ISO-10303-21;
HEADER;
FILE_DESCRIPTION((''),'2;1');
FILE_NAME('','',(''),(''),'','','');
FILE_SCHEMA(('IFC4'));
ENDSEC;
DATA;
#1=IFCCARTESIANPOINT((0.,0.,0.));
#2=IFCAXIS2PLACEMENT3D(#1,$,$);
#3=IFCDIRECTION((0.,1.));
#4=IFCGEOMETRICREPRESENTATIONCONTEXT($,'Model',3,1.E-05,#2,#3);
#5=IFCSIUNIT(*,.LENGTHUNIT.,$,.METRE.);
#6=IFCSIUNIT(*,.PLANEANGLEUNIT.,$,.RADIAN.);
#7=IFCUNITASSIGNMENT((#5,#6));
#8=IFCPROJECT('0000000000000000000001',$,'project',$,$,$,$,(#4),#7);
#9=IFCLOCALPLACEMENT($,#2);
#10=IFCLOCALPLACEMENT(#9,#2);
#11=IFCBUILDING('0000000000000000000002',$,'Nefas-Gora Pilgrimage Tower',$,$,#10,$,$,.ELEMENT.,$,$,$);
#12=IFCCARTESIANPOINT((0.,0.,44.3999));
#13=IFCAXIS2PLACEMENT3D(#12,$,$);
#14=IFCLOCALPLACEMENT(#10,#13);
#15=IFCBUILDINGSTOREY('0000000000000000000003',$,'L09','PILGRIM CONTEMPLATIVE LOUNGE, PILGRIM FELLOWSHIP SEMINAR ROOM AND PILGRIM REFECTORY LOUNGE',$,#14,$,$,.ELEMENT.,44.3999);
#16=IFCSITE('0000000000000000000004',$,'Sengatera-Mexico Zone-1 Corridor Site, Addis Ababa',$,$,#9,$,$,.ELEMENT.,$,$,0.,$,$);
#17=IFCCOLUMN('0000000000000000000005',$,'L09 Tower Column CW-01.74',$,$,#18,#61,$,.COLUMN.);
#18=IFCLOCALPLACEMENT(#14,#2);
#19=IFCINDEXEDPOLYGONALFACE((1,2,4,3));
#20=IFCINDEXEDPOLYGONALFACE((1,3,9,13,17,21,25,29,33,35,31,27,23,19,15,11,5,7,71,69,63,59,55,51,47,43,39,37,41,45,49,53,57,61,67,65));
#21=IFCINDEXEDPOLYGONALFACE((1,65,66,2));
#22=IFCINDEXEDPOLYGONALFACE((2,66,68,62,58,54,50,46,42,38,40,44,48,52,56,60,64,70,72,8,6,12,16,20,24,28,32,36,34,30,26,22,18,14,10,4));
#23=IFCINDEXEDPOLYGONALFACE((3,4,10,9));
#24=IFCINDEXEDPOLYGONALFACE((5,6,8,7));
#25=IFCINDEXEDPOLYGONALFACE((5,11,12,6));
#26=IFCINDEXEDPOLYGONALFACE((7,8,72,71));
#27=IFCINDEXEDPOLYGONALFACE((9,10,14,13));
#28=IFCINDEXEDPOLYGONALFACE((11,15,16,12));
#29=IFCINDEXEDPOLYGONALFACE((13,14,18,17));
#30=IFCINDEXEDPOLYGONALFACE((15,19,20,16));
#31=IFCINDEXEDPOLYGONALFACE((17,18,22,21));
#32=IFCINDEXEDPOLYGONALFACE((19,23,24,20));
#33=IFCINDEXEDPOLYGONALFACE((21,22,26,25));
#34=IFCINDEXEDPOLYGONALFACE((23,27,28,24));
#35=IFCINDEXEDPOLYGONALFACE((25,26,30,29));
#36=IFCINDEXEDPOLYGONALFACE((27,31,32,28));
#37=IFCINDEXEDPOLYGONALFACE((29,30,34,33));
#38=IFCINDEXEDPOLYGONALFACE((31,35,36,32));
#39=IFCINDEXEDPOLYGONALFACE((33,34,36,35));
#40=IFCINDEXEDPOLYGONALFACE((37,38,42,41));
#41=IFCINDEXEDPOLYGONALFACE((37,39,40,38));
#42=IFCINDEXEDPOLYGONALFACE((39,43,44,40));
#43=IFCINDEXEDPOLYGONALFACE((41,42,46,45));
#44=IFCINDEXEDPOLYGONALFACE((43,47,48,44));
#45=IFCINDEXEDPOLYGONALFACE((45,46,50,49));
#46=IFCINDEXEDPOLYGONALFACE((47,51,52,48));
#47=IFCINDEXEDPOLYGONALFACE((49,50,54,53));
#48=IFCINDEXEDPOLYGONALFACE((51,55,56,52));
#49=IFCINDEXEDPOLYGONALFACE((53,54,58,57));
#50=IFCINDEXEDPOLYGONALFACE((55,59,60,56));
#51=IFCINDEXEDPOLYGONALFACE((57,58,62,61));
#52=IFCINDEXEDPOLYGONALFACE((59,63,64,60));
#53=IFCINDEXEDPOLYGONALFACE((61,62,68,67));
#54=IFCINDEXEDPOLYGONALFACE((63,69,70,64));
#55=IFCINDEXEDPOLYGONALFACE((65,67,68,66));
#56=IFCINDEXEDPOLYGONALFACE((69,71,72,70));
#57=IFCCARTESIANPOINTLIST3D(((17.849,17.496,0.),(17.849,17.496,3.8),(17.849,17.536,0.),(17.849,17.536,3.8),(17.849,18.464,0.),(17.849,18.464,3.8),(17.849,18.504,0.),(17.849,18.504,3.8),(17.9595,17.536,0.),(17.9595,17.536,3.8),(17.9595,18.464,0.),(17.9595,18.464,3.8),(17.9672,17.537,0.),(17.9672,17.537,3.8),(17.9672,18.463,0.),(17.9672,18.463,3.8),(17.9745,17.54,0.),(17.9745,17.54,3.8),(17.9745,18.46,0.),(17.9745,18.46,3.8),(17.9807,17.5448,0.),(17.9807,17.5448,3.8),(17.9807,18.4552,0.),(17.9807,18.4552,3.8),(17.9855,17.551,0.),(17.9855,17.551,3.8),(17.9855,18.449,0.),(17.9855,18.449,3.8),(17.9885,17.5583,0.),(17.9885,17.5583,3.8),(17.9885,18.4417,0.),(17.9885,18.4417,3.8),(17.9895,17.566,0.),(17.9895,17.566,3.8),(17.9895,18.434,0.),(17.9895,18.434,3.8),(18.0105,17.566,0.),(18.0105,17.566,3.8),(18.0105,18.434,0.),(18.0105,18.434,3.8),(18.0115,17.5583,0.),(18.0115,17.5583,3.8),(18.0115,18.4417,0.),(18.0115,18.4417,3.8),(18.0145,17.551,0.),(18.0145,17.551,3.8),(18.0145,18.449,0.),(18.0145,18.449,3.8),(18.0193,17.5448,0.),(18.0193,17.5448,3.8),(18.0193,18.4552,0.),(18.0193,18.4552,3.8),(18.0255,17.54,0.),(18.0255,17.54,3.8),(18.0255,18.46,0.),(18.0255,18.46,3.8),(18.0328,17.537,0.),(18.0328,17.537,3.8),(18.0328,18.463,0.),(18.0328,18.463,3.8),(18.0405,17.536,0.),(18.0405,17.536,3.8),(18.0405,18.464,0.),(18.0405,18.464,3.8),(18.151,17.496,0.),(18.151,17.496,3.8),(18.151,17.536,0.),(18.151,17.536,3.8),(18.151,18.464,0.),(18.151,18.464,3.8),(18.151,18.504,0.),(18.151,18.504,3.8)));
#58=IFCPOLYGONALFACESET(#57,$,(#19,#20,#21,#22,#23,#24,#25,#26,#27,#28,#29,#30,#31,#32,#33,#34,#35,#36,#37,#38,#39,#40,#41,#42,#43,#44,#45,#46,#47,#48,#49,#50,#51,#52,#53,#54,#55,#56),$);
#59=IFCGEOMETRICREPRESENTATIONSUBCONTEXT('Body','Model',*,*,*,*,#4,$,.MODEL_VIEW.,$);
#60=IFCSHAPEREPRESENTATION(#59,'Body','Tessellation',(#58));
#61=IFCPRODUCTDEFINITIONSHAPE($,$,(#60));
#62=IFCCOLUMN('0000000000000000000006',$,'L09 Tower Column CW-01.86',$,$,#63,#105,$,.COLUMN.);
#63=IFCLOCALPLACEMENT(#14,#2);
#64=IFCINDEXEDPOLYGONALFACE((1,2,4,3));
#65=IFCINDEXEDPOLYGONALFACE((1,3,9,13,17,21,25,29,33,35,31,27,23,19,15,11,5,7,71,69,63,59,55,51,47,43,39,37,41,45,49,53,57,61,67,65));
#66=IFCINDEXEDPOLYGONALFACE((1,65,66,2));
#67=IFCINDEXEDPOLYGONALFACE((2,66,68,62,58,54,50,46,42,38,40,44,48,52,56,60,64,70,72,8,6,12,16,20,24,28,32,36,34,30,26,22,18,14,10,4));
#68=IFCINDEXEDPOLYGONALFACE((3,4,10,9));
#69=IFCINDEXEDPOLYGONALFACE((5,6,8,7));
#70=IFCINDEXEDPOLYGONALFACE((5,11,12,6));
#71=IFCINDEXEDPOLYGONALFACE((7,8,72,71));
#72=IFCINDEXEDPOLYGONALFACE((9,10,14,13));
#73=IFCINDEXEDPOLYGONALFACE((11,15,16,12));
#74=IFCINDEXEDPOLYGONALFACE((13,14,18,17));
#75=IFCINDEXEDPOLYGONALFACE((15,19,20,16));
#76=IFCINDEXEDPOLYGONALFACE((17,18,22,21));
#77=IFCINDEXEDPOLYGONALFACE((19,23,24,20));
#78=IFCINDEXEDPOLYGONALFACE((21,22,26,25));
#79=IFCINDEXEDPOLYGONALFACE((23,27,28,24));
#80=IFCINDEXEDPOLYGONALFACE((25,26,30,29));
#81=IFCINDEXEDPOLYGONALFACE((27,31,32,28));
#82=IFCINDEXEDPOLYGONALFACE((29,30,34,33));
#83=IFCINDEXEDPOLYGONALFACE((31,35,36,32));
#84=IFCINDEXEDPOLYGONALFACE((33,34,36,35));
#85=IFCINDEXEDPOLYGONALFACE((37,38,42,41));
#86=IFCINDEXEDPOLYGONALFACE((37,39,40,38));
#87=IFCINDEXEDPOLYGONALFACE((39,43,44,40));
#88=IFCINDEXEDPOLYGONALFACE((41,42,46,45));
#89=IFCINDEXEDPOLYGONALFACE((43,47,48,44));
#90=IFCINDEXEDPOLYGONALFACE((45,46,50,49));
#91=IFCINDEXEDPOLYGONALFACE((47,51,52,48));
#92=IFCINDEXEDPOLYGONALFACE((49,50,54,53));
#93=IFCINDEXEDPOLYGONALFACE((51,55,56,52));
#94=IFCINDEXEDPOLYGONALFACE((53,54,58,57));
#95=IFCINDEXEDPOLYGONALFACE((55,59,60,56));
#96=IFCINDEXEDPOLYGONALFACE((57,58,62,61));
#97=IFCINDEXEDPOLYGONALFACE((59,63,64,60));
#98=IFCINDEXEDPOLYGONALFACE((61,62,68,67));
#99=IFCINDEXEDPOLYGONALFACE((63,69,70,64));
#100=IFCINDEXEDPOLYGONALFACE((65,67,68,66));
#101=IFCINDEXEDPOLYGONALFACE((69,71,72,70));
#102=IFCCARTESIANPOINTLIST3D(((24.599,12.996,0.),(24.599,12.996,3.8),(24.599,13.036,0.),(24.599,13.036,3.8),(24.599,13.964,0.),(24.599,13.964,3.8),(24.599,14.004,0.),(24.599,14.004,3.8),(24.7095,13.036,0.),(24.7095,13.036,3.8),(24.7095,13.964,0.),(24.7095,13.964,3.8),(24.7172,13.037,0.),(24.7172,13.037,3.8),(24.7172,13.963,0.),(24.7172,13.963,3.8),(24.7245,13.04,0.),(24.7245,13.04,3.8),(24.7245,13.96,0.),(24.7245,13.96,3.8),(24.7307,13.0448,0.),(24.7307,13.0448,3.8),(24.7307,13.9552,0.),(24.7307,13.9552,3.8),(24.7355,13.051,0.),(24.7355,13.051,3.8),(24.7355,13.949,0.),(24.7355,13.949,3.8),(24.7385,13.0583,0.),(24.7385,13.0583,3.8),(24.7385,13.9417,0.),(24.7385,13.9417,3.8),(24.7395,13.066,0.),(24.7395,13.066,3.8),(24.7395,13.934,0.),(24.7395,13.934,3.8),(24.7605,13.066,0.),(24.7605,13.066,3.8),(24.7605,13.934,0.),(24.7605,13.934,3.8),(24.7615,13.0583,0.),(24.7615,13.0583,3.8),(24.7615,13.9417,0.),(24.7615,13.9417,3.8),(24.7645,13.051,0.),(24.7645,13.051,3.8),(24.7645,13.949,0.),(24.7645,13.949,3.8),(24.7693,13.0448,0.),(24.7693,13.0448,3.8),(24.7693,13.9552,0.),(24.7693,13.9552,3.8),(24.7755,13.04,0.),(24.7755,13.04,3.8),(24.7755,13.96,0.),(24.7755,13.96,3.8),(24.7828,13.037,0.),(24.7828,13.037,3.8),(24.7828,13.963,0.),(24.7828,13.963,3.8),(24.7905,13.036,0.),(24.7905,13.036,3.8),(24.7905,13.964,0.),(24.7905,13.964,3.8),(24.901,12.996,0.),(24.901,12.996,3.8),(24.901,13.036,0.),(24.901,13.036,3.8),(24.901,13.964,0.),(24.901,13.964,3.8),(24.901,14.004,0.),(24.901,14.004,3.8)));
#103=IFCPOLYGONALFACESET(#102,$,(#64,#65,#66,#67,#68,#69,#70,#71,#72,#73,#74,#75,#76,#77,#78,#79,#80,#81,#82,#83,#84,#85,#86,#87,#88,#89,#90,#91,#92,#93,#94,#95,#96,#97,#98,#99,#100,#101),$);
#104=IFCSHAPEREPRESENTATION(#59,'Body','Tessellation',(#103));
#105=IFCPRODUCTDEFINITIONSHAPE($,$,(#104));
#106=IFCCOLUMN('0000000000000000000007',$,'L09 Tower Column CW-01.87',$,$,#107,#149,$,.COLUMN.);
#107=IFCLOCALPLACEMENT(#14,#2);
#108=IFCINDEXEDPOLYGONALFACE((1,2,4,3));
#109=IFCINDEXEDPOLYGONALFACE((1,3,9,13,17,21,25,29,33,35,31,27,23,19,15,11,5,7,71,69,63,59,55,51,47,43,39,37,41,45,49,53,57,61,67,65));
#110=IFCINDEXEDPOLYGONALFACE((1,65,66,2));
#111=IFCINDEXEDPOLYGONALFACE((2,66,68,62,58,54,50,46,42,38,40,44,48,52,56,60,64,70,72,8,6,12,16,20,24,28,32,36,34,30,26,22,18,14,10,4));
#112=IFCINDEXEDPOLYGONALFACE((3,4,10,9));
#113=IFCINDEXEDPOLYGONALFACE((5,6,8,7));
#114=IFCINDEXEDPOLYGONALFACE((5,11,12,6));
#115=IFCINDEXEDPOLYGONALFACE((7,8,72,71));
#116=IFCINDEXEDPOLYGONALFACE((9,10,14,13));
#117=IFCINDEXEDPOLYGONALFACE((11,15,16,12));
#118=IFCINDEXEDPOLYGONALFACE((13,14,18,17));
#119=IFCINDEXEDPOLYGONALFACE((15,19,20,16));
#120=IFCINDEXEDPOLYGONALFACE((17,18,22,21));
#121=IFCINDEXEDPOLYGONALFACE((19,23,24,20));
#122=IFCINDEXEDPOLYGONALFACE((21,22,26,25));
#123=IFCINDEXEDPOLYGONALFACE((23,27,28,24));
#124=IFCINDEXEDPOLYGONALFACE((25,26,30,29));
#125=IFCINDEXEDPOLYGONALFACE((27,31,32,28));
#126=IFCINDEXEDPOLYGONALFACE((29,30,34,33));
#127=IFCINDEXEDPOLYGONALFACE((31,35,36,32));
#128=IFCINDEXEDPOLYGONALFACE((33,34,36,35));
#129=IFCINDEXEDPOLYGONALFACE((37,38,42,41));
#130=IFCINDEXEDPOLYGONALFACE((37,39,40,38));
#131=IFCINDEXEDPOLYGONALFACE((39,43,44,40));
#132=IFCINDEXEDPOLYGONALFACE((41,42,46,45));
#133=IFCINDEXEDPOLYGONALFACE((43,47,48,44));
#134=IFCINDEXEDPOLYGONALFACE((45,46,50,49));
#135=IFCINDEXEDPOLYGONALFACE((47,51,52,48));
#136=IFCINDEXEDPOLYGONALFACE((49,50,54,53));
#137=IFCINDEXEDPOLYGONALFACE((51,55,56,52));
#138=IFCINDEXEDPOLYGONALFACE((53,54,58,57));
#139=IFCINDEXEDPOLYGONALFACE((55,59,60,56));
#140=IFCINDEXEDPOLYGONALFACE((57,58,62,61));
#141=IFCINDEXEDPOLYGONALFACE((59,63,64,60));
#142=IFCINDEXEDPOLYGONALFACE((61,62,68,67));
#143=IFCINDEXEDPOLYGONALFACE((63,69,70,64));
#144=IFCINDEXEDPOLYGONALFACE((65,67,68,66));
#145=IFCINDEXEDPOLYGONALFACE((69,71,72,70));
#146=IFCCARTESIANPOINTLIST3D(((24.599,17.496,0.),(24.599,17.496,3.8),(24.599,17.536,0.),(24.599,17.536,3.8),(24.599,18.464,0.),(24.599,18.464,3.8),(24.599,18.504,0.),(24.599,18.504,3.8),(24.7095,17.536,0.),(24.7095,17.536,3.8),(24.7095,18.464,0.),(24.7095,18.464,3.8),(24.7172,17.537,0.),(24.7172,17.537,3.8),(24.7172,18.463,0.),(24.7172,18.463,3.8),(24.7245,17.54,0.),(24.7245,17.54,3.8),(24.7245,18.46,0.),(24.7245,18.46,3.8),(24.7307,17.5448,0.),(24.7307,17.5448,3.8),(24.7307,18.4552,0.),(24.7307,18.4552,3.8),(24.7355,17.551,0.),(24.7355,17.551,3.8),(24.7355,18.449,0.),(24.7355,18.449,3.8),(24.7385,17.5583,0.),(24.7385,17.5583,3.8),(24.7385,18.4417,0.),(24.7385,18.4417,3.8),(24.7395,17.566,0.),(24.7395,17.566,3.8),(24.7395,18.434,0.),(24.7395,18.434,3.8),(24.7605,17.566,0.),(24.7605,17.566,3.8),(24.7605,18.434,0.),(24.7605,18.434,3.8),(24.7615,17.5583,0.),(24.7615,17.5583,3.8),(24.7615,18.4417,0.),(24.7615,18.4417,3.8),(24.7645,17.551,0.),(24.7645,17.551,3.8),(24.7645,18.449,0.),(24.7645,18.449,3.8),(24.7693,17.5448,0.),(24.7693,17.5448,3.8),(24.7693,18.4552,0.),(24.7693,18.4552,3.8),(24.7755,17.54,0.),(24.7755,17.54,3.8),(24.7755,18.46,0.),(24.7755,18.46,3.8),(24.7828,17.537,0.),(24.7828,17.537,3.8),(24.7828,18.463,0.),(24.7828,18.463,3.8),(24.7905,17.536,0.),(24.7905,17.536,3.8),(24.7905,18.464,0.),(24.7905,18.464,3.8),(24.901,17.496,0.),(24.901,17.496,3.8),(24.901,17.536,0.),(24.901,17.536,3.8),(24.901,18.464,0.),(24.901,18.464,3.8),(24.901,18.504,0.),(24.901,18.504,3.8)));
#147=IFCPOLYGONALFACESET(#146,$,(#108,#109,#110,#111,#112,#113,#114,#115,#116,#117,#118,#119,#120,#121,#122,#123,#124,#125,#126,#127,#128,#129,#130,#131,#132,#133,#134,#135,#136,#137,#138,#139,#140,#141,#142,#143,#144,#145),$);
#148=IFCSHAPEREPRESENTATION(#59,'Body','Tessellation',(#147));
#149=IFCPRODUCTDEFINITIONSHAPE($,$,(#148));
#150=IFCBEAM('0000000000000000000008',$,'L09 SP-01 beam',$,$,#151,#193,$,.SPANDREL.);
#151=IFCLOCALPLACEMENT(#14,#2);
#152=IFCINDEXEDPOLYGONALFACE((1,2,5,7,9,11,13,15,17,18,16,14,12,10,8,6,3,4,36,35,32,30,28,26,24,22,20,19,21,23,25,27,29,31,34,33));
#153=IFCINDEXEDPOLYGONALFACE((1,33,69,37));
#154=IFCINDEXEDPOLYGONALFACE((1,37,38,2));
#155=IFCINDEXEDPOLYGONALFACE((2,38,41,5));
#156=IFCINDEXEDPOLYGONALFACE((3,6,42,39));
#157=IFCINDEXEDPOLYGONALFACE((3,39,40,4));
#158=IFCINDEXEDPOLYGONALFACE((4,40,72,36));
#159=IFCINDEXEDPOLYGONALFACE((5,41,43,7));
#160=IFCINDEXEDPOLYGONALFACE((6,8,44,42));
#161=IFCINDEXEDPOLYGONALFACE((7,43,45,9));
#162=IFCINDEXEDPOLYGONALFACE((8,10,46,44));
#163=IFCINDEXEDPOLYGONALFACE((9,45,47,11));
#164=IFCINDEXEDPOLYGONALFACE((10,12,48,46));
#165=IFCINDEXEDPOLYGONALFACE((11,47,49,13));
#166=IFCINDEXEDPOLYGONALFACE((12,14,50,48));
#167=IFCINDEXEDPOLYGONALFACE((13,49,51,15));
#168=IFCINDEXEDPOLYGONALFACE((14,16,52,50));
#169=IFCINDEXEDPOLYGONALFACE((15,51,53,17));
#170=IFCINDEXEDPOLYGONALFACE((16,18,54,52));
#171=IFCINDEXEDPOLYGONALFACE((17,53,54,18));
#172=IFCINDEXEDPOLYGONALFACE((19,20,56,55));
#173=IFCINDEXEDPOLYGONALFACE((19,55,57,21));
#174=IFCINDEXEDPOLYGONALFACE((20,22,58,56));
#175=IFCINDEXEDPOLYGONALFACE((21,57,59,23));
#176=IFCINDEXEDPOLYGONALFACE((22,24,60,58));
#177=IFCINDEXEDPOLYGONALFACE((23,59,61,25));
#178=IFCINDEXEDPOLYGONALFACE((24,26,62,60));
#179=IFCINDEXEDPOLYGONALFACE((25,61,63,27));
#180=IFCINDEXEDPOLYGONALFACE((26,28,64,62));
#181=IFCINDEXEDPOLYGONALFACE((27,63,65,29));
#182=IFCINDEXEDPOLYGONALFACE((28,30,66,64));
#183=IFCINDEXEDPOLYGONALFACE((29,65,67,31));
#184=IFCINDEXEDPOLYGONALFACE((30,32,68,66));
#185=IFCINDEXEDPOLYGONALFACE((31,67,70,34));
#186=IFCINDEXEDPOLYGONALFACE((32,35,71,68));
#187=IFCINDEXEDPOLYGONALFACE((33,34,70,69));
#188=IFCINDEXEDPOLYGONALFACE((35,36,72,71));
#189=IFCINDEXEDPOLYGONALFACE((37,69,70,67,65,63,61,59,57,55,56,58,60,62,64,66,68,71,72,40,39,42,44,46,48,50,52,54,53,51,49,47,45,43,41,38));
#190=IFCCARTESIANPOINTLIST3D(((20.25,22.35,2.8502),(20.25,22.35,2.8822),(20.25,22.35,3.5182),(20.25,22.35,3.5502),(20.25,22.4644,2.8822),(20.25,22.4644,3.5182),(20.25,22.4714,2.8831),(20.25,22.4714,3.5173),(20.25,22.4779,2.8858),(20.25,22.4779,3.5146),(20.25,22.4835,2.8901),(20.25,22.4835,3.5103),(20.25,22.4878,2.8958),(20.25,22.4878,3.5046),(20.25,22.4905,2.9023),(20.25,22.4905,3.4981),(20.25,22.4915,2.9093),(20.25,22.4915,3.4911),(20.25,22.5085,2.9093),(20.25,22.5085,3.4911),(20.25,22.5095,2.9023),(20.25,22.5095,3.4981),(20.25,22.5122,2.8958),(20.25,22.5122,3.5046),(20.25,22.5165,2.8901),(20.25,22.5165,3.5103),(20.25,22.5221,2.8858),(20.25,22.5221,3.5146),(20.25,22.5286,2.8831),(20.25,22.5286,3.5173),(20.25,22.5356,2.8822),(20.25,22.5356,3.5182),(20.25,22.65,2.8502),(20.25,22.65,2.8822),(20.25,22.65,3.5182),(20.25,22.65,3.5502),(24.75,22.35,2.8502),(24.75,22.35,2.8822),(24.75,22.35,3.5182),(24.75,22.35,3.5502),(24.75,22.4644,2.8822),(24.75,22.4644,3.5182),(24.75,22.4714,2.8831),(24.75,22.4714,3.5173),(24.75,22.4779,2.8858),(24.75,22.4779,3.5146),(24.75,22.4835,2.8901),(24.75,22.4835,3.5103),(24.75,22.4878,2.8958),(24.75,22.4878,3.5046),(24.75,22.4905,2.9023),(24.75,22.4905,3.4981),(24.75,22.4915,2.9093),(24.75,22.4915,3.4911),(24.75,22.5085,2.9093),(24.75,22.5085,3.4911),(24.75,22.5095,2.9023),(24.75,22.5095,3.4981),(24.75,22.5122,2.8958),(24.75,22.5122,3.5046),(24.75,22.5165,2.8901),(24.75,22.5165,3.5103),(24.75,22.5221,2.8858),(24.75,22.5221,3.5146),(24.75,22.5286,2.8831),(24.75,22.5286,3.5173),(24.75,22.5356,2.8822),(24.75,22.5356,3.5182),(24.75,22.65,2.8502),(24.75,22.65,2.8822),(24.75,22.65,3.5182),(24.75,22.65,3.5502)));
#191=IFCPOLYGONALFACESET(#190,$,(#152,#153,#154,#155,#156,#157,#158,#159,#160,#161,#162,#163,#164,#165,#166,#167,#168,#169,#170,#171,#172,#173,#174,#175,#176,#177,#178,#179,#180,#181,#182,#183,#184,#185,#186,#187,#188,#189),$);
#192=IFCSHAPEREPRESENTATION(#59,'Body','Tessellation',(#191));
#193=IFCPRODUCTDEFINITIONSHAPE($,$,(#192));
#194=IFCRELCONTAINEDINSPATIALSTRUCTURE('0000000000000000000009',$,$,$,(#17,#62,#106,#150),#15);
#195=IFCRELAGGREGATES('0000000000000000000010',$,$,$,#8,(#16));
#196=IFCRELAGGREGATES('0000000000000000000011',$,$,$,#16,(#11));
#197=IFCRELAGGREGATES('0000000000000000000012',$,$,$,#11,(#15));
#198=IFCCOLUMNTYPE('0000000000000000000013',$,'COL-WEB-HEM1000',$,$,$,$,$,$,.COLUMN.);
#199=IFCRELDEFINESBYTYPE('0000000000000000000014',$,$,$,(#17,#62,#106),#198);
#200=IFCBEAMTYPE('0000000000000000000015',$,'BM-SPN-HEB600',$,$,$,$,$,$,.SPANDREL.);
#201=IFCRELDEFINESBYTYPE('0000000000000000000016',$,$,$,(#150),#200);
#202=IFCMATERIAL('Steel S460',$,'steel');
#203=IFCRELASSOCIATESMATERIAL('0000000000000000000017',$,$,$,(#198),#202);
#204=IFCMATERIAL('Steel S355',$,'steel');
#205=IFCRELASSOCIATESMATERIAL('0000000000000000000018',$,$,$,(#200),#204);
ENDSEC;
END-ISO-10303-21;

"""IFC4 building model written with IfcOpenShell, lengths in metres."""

from ifc_helpers import new_model, si_unit, direction, frame, origin, origin_2d, place, context, subcontext, project, spatial, i_section, extrude, source, transform, mapped, material, material_profile, profile_set, type_object, element, save


model = new_model("IFC4")

# Units and contexts
model_context = context("Model", 3, precision=1e-05, world=origin(), true_north=direction((0.0, 1.0)))
body_context = subcontext(model_context, "Body", "Model", "MODEL_VIEW")
ifc_project = project(units=[si_unit("LENGTHUNIT", "METRE"), si_unit("PLANEANGLEUNIT", "RADIAN")], contexts=[model_context])

# Site, building, storey
site_placement = place(None, origin())
site = spatial("IfcSite", under=ifc_project, at=site_placement, Name="Sengatera-Mexico Zone-1 Corridor Site, Addis Ababa", CompositionType="ELEMENT", RefElevation=0.0)
building_placement = place(site_placement, origin())
building = spatial("IfcBuilding", under=site, at=building_placement, Name="Nefas-Gora Pilgrimage Tower", CompositionType="ELEMENT")
storey_placement = place(building_placement, frame((0.0, 0.0, 44.3999)))
storey = spatial("IfcBuildingStorey", under=building, at=storey_placement, Name="L09", Description="PILGRIM CONTEMPLATIVE LOUNGE, PILGRIM FELLOWSHIP SEMINAR ROOM AND PILGRIM REFECTORY LOUNGE", CompositionType="ELEMENT", Elevation=44.3999)

# Columns
ifc_material_1 = material(Name="Steel S460", Category="steel")
ifc_material_profile_1 = material_profile(ifc_material_1, i_section(OverallWidth=0.302, OverallDepth=1.0081, WebThickness=0.021, FlangeThickness=0.04, FilletRadius=0.03, at=origin_2d()), Name="HEM 1000")
ifc_profile_set_1 = profile_set([ifc_material_profile_1], Name="Steel S460")
column_type_1 = type_object("IfcColumnType", Name="COL-WEB-HEM1000", PredefinedType="COLUMN", material=ifc_profile_set_1)
shared_shape_1 = source(origin(), body_context, "Body", "SweptSolid", [
    extrude(i_section(OverallWidth=0.302, OverallDepth=1.0081, WebThickness=0.021, FlangeThickness=0.04, FilletRadius=0.03, at=origin_2d()), origin(), (0.0, 0.0, 1.0), 3.8),
])
for number, where, z_axis, x_axis, name in (
    (1, (18.0, 18.0, 0.0), (0.0, 0.0, 1.0), (1.0, 0.0, 0.0), "L09 Tower Column CW-01.74"),
    (2, (24.75, 13.5, 0.0), (0.0, 0.0, 1.0), (1.0, 0.0, 0.0), "L09 Tower Column CW-01.86"),
    (3, (24.75, 18.0, 0.0), (0.0, 0.0, 1.0), (1.0, 0.0, 0.0), "L09 Tower Column CW-01.87"),
):
    element("IfcColumn", number, at=place(storey_placement, frame(where, z_axis=z_axis, x_axis=x_axis)), inside=storey, type_object=column_type_1, Name=name, PredefinedType="COLUMN", context=body_context, shape_type="MappedRepresentation", body=[
        mapped(shared_shape_1, transform((0.0, 0.0, 0.0), x_axis=(1.0, 0.0, 0.0), y_axis=(0.0, 1.0, 0.0), z_axis=(0.0, 0.0, 1.0), scale=1.0)),
    ])

# Beam
ifc_material_2 = material(Name="Steel S355", Category="steel")
ifc_material_profile_2 = material_profile(ifc_material_2, i_section(OverallWidth=0.3, OverallDepth=0.7, WebThickness=0.0171, FlangeThickness=0.032, FilletRadius=0.0271, at=origin_2d()), Name="HEB 700")
ifc_profile_set_2 = profile_set([ifc_material_profile_2], Name="Steel S355")
beam_type_1 = type_object("IfcBeamType", Name="BM-SPN-HEB600", PredefinedType="SPANDREL", material=ifc_profile_set_2)
shared_shape_2 = source(origin(), body_context, "Body", "SweptSolid", [
    extrude(i_section(OverallWidth=0.3, OverallDepth=0.7, WebThickness=0.0171, FlangeThickness=0.032, FilletRadius=0.0271, at=origin_2d()), origin(), (0.0, 0.0, 1.0), 4.5),
])
beam_1_placement = place(storey_placement, frame((20.25, 22.5, 3.2002), z_axis=(1.0, 0.0, 0.0), x_axis=(0.0, 1.0, 0.0)))
element("IfcBeam", 4, at=beam_1_placement, inside=storey, type_object=beam_type_1, Name="L09 SP-01 beam", PredefinedType="SPANDREL", context=body_context, shape_type="MappedRepresentation", body=[
    mapped(shared_shape_2, transform((0.0, 0.0, 0.0), x_axis=(1.0, 0.0, 0.0), y_axis=(0.0, 1.0, 0.0), z_axis=(0.0, 0.0, 1.0), scale=1.0)),
])

save(model, "model.ifc")
